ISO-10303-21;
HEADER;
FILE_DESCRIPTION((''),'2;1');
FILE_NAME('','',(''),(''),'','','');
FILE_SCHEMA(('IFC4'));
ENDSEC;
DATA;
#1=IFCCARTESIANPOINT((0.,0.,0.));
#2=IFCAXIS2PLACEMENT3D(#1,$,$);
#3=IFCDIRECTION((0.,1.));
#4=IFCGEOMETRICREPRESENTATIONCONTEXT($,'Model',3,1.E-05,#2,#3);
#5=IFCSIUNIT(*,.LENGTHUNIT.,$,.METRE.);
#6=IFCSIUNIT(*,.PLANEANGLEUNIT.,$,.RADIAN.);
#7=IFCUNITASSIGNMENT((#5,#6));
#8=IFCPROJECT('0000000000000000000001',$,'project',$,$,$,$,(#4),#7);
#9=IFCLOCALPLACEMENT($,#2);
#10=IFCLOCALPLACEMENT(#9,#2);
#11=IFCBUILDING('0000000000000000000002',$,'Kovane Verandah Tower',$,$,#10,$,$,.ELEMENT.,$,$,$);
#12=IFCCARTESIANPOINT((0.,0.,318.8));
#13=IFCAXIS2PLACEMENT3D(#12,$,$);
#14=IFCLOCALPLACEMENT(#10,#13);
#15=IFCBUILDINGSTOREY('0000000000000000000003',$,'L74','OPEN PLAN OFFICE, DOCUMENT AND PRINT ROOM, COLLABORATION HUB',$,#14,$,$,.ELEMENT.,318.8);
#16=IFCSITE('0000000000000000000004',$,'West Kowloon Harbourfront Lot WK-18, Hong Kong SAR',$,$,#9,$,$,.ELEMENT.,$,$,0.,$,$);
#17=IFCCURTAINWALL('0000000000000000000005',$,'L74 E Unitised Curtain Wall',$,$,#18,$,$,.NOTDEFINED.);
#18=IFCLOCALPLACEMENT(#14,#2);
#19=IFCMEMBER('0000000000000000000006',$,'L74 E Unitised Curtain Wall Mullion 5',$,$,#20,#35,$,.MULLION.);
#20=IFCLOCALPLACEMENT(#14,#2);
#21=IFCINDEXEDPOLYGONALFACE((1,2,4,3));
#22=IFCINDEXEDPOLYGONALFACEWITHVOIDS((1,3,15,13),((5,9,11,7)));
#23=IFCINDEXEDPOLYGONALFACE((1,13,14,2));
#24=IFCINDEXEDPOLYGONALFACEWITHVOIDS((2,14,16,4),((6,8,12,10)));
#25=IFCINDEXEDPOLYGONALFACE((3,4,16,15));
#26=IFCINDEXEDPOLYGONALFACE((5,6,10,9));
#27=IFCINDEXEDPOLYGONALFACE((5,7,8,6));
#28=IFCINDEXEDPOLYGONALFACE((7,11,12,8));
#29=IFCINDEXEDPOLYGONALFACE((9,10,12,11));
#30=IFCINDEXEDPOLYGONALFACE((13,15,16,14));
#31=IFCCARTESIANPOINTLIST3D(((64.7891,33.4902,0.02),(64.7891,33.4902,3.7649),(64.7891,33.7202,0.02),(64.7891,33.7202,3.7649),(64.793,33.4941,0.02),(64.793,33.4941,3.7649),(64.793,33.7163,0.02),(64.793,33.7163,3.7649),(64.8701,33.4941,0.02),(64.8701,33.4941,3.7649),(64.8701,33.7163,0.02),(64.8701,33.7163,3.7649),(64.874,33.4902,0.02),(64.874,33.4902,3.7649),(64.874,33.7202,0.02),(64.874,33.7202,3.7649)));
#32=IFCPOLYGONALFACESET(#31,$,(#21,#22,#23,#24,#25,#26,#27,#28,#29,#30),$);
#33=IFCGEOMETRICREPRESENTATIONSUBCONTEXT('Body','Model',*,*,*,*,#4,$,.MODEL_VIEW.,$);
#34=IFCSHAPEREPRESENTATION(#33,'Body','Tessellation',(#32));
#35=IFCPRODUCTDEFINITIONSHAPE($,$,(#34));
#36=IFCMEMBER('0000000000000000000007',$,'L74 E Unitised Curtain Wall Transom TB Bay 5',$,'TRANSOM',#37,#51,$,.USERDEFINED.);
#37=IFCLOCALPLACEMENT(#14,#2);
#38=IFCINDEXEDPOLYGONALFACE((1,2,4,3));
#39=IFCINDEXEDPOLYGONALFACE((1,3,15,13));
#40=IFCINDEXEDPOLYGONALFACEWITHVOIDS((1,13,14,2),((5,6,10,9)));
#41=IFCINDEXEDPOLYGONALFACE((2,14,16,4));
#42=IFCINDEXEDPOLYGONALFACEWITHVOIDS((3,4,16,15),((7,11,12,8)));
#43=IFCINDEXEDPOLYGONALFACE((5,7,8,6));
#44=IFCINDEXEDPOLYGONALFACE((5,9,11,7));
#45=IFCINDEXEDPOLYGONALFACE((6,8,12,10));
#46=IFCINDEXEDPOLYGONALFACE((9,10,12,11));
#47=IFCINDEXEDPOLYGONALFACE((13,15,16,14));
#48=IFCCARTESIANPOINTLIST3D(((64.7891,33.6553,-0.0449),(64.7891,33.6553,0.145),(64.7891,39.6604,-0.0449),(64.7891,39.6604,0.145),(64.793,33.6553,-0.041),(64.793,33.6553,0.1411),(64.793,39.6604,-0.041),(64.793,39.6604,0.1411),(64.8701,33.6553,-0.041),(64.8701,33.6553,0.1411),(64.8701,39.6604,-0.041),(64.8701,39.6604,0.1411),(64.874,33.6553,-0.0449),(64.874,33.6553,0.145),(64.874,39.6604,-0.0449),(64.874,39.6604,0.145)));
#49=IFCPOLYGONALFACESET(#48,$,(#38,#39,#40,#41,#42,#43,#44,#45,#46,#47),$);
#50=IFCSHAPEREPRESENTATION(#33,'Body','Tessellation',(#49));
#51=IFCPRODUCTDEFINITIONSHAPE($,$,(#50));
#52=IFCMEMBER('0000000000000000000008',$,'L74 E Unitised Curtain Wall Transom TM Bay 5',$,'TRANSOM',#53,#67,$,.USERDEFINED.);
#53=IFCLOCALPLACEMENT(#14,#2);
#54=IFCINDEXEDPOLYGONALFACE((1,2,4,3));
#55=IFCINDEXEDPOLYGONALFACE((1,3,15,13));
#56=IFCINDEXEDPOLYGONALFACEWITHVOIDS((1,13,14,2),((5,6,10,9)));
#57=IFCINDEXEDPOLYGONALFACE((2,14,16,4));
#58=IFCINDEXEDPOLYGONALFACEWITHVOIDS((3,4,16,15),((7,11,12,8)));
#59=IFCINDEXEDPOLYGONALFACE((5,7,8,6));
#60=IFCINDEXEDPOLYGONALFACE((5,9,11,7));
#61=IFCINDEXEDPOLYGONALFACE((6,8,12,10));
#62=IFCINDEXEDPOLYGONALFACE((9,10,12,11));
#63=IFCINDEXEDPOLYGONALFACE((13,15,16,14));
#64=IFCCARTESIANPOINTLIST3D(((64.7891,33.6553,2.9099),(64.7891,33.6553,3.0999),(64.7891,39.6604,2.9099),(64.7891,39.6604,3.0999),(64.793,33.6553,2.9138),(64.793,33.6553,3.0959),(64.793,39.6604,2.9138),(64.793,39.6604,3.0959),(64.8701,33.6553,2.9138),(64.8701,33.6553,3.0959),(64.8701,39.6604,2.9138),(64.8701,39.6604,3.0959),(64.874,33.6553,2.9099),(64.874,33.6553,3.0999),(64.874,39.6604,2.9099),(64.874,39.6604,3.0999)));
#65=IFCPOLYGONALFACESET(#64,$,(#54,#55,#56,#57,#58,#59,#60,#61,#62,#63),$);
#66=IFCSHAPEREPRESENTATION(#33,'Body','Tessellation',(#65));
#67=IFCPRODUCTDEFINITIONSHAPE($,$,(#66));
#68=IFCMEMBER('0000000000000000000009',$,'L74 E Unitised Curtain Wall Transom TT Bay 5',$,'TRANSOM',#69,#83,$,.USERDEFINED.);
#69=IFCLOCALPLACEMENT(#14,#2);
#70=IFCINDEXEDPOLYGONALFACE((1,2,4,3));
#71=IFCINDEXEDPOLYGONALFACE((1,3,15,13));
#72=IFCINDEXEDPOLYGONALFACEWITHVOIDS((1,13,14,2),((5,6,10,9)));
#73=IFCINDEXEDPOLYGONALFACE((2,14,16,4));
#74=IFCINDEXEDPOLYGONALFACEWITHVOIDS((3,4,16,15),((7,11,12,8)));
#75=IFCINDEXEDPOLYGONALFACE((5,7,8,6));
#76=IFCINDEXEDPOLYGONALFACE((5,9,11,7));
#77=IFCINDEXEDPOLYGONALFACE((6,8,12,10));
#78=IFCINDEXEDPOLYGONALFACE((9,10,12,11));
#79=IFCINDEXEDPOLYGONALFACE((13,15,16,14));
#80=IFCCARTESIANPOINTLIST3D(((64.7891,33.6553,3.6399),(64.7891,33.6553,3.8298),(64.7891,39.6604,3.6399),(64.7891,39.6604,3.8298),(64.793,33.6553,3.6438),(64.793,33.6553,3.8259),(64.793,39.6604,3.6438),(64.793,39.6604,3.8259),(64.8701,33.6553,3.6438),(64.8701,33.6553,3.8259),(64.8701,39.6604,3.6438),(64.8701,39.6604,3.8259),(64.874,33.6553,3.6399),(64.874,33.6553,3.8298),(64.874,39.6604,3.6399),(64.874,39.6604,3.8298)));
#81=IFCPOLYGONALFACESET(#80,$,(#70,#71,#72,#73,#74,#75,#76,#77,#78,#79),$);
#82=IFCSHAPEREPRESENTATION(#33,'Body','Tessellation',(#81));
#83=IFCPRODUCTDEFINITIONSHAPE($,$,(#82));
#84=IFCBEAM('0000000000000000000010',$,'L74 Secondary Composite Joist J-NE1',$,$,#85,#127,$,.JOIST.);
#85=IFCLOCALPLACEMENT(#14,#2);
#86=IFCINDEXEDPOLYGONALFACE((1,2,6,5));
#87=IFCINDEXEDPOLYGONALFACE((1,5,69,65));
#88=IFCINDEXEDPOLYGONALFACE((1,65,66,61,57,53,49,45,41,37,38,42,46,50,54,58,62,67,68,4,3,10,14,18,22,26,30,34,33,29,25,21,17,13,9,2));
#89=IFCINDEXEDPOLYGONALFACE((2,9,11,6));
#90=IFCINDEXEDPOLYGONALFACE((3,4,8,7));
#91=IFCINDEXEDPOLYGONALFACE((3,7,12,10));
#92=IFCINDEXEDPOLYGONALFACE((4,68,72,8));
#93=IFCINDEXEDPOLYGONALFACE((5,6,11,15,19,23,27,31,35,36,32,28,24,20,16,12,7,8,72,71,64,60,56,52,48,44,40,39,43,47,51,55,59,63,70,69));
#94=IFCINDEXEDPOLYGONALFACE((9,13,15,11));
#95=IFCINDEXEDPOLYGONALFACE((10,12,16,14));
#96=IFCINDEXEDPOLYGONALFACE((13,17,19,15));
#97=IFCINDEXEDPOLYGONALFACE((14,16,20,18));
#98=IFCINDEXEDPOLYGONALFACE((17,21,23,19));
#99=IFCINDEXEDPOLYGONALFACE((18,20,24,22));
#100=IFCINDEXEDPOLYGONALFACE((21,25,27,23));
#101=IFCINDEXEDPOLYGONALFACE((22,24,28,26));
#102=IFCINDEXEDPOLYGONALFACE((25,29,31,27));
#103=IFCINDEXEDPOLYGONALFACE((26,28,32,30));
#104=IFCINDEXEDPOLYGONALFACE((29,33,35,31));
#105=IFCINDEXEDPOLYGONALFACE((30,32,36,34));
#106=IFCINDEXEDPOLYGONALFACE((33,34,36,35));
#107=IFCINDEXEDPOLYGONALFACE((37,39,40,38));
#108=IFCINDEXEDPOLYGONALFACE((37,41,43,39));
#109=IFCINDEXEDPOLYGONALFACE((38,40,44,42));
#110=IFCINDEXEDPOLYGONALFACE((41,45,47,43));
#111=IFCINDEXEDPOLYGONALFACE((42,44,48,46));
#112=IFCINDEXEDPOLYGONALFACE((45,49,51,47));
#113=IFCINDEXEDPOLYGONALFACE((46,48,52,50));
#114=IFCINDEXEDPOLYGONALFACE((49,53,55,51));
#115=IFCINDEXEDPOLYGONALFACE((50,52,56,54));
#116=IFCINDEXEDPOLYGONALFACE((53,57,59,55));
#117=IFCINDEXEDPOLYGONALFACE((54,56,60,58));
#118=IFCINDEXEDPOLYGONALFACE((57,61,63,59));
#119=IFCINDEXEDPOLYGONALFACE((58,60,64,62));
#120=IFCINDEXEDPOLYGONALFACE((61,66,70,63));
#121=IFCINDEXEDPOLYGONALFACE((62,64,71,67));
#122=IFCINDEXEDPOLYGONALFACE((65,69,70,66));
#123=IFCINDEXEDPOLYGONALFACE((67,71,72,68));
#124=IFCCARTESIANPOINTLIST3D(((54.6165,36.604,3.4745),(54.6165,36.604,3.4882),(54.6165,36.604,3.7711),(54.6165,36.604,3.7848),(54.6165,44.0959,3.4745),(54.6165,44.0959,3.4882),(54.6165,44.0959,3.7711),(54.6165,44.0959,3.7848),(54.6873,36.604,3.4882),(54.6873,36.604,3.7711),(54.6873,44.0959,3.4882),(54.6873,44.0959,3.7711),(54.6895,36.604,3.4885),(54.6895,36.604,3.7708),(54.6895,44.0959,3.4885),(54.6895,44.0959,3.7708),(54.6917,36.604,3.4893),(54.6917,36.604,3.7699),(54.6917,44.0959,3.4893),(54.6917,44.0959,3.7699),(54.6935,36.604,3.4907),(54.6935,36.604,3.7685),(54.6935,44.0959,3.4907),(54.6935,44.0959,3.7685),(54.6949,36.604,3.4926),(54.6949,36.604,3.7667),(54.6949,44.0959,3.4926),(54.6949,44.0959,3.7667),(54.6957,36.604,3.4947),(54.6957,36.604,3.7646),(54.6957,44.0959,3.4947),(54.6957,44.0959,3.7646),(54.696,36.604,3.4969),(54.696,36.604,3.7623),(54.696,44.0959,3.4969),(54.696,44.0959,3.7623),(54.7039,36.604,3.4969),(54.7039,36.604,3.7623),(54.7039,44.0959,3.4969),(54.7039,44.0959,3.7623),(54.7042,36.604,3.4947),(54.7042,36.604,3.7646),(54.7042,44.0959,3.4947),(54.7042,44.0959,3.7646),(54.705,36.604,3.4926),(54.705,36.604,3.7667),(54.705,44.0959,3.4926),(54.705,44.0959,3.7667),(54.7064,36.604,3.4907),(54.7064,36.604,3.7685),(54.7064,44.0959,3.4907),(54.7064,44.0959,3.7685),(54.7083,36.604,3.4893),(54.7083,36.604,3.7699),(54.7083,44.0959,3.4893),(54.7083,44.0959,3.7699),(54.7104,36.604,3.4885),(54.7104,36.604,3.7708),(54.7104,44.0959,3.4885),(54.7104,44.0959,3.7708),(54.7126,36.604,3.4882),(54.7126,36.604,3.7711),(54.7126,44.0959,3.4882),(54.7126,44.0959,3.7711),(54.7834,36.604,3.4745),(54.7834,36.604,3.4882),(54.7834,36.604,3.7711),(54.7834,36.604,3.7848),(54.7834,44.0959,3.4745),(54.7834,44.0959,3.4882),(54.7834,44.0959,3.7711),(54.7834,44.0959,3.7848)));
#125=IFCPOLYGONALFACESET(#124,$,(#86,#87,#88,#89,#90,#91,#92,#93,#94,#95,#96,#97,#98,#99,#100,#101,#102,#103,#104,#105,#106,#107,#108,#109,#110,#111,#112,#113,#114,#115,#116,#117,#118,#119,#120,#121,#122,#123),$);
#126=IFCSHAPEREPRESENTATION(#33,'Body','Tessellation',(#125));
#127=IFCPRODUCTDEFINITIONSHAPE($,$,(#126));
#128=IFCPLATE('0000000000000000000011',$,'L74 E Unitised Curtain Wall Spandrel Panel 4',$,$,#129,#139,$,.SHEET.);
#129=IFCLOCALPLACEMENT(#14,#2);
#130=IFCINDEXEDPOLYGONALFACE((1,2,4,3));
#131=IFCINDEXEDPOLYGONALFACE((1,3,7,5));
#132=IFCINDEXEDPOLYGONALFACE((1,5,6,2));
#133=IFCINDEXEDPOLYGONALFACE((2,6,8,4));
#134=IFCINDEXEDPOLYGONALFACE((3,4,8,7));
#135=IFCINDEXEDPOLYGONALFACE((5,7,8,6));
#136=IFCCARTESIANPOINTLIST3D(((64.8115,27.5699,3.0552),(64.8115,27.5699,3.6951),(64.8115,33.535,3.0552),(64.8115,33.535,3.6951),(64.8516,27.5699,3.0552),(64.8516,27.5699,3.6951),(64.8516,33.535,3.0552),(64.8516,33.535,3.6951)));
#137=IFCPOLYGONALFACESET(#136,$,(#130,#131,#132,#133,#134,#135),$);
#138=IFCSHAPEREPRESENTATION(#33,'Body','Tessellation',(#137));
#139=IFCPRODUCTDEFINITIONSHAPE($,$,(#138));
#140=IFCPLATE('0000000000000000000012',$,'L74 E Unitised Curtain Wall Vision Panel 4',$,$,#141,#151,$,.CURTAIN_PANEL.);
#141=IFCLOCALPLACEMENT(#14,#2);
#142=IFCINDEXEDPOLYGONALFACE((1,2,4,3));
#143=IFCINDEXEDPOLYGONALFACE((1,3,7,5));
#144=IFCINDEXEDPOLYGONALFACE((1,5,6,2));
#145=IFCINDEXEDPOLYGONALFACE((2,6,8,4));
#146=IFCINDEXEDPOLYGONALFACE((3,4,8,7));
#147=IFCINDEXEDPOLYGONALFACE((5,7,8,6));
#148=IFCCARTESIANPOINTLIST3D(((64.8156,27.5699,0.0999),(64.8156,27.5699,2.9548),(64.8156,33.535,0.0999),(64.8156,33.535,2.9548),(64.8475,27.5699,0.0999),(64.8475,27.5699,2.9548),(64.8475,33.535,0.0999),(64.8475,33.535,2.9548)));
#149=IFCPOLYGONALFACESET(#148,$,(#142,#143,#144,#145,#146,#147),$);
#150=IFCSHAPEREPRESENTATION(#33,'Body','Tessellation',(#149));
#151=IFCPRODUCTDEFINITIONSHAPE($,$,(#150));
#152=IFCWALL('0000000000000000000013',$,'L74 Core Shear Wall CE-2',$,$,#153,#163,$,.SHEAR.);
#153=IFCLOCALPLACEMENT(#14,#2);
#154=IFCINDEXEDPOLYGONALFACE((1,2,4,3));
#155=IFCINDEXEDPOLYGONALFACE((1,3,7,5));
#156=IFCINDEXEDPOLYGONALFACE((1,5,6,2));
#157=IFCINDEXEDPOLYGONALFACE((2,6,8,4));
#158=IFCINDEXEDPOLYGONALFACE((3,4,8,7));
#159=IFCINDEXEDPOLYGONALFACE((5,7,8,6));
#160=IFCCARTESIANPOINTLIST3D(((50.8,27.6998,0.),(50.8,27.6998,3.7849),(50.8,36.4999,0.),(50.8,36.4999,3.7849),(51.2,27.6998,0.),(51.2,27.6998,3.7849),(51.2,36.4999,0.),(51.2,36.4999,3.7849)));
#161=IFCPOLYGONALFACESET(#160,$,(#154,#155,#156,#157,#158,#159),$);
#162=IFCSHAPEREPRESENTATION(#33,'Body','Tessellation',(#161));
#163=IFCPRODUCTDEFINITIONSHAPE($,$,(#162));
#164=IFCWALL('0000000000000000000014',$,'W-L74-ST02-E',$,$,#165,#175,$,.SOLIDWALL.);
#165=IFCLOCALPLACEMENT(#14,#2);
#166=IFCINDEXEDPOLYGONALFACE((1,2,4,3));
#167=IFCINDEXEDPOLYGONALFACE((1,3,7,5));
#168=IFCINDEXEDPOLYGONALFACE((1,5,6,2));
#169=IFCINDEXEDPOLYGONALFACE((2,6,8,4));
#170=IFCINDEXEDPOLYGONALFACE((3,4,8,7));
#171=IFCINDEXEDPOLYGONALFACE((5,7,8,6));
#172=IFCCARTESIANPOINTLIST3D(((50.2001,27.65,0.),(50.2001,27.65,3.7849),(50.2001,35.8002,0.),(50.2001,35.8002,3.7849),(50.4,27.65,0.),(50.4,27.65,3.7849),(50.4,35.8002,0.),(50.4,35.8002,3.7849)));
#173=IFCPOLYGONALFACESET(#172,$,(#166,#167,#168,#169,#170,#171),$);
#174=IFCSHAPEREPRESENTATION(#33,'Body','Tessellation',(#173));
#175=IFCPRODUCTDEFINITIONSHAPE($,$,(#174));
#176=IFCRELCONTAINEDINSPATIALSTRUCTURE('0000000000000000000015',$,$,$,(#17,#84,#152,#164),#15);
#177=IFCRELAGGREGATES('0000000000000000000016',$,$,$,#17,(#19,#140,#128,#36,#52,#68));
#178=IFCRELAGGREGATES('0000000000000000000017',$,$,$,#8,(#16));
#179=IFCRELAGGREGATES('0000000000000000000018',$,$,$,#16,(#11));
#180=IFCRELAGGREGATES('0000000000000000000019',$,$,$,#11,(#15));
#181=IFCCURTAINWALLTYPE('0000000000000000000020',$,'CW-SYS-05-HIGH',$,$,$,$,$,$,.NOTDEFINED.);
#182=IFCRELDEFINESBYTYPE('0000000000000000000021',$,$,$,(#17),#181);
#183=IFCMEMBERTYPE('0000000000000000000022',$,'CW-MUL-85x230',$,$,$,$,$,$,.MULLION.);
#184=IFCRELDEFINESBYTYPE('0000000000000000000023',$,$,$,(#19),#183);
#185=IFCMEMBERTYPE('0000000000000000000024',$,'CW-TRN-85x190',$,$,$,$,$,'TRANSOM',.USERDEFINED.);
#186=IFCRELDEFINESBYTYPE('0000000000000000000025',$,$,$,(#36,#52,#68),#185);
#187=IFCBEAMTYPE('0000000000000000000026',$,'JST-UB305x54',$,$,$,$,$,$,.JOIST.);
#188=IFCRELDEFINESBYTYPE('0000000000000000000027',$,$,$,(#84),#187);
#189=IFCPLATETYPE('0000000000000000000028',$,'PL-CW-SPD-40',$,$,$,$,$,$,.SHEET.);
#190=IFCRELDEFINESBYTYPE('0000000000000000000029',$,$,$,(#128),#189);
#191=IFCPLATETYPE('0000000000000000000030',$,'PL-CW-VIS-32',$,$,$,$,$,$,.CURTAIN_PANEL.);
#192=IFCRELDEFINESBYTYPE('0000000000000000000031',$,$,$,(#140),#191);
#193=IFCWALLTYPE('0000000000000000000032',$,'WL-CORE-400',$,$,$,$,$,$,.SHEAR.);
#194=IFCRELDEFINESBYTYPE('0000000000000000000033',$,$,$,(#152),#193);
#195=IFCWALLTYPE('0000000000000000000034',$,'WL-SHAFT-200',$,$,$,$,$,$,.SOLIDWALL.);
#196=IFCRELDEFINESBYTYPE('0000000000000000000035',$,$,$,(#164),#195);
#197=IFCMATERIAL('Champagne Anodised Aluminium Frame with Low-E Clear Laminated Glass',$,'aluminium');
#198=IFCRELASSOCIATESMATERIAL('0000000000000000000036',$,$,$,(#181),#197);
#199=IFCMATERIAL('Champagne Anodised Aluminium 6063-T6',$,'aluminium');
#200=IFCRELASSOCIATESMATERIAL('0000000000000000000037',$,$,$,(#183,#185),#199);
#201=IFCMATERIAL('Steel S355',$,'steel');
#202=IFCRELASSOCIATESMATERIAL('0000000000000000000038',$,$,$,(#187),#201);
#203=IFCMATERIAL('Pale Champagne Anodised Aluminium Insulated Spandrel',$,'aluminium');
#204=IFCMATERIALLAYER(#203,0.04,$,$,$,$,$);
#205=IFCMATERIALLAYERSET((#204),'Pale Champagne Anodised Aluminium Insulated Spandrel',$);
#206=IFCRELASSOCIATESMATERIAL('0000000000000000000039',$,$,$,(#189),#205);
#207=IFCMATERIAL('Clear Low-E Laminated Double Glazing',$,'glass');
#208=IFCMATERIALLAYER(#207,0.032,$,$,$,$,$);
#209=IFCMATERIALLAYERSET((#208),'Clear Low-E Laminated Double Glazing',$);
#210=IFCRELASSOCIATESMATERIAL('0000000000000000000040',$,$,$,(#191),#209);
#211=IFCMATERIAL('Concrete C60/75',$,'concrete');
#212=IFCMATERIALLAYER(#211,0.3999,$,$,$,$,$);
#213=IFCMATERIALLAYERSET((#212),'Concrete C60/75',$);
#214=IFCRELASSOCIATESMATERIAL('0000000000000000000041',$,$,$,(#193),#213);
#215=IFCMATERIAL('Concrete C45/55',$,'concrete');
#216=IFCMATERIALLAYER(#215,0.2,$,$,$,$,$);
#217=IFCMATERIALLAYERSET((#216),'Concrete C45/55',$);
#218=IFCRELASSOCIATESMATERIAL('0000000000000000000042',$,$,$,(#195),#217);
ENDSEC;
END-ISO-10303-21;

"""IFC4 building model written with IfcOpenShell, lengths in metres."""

from ifc_helpers import new_model, si_unit, direction, frame, frame_2d, origin, origin_2d, place, context, subcontext, project, spatial, rectangle, hollow_rectangle, i_section, extrude, material, layer, layer_set, material_profile, profile_set, type_object, element, aggregate, save


model = new_model("IFC4")

# Units and contexts
model_context = context("Model", 3, precision=1e-05, world=origin(), true_north=direction((0.0, 1.0)))
body_context = subcontext(model_context, "Body", "Model", "MODEL_VIEW")
ifc_project = project(units=[si_unit("LENGTHUNIT", "METRE"), si_unit("PLANEANGLEUNIT", "RADIAN")], contexts=[model_context])

# Site, building, storey
site_placement = place(None, origin())
site = spatial("IfcSite", under=ifc_project, at=site_placement, Name="West Kowloon Harbourfront Lot WK-18, Hong Kong SAR", CompositionType="ELEMENT", RefElevation=0.0)
building_placement = place(site_placement, origin())
building = spatial("IfcBuilding", under=site, at=building_placement, Name="Kovane Verandah Tower", CompositionType="ELEMENT")
storey_placement = place(building_placement, frame((0.0, 0.0, 318.8)))
storey = spatial("IfcBuildingStorey", under=building, at=storey_placement, Name="L74", Description="OPEN PLAN OFFICE, DOCUMENT AND PRINT ROOM, COLLABORATION HUB", CompositionType="ELEMENT", Elevation=318.8)

# Shared definitions
ifc_material_1 = material(Name="Concrete C60/75", Category="concrete")

# Shared definitions
ifc_material_2 = material(Name="Steel S355", Category="steel")

# Curtain wall, members
ifc_material_3 = material(Name="Champagne Anodised Aluminium Frame with Low-E Clear Laminated Glass", Category="aluminium")
curtain_wall_type = type_object("IfcCurtainWallType", Name="CW-SYS-05-HIGH", PredefinedType="NOTDEFINED", material=ifc_material_3)
curtain_wall_placement = place(storey_placement, origin())
curtain_wall = element("IfcCurtainWall", 1, at=curtain_wall_placement, inside=storey, type_object=curtain_wall_type, Name="L74 E Unitised Curtain Wall", PredefinedType="NOTDEFINED")
ifc_material_4 = material(Name="Champagne Anodised Aluminium 6063-T6", Category="aluminium")
ifc_material_profile_1 = material_profile(ifc_material_4, hollow_rectangle(XDim=0.085, YDim=0.23, WallThickness=0.0039, at=origin_2d()), Name="AL85x230x4")
ifc_profile_set_1 = profile_set([ifc_material_profile_1], Name="Champagne Anodised Aluminium 6063-T6")
member_type_1 = type_object("IfcMemberType", Name="CW-MUL-85x230", PredefinedType="MULLION", material=ifc_profile_set_1)
member_1_placement = place(storey_placement, frame((64.8315, 33.6052, 0.02), z_axis=(0.0, 0.0, 1.0), x_axis=(1.0, 0.0, 0.0)))
member_1 = element("IfcMember", 2, at=member_1_placement, type_object=member_type_1, Name="L74 E Unitised Curtain Wall Mullion 5", PredefinedType="MULLION", context=body_context, shape_type="SweptSolid", body=[
    extrude(hollow_rectangle(XDim=0.085, YDim=0.23, WallThickness=0.0039, at=origin_2d()), origin(), (0.0, 0.0, 1.0), 3.7449),
])
ifc_material_profile_2 = material_profile(ifc_material_4, hollow_rectangle(XDim=0.085, YDim=0.1899, WallThickness=0.0039, at=origin_2d()), Name="AL85x190x4")
ifc_profile_set_2 = profile_set([ifc_material_profile_2], Name="Champagne Anodised Aluminium 6063-T6")
member_type_2 = type_object("IfcMemberType", Name="CW-TRN-85x190", ElementType="TRANSOM", PredefinedType="USERDEFINED", material=ifc_profile_set_2)
member_2_placement = place(storey_placement, frame((64.8315, 33.6553, 0.05), z_axis=(0.0, 1.0, 0.0), x_axis=(-1.0, 0.0, 0.0)))
member_2 = element("IfcMember", 3, at=member_2_placement, type_object=member_type_2, Name="L74 E Unitised Curtain Wall Transom TB Bay 5", ObjectType="TRANSOM", PredefinedType="USERDEFINED", context=body_context, shape_type="SweptSolid", body=[
    extrude(hollow_rectangle(XDim=0.085, YDim=0.1899, WallThickness=0.0039, at=origin_2d()), origin(), (0.0, 0.0, 1.0), 6.0051),
])
member_3_placement = place(storey_placement, frame((64.8315, 33.6553, 3.0049), z_axis=(0.0, 1.0, 0.0), x_axis=(-1.0, 0.0, 0.0)))
member_3 = element("IfcMember", 4, at=member_3_placement, type_object=member_type_2, Name="L74 E Unitised Curtain Wall Transom TM Bay 5", ObjectType="TRANSOM", PredefinedType="USERDEFINED", context=body_context, shape_type="SweptSolid", body=[
    extrude(hollow_rectangle(XDim=0.085, YDim=0.1899, WallThickness=0.0039, at=origin_2d()), origin(), (0.0, 0.0, 1.0), 6.0051),
])
member_4_placement = place(storey_placement, frame((64.8315, 33.6553, 3.7349), z_axis=(0.0, 1.0, 0.0), x_axis=(-1.0, 0.0, 0.0)))
member_4 = element("IfcMember", 5, at=member_4_placement, type_object=member_type_2, Name="L74 E Unitised Curtain Wall Transom TT Bay 5", ObjectType="TRANSOM", PredefinedType="USERDEFINED", context=body_context, shape_type="SweptSolid", body=[
    extrude(hollow_rectangle(XDim=0.085, YDim=0.1899, WallThickness=0.0039, at=origin_2d()), origin(), (0.0, 0.0, 1.0), 6.0051),
])

# Beam
ifc_material_profile_3 = material_profile(ifc_material_2, i_section(OverallWidth=0.167, OverallDepth=0.3103, WebThickness=0.0078, FlangeThickness=0.0137, FilletRadius=0.0088, at=origin_2d()), Name="UB305x165x54")
ifc_profile_set_3 = profile_set([ifc_material_profile_3], Name="Steel S355")
beam_type_1 = type_object("IfcBeamType", Name="JST-UB305x54", PredefinedType="JOIST", material=ifc_profile_set_3)
beam_1_placement = place(storey_placement, frame((54.7, 36.604, 3.6296), z_axis=(0.0, 1.0, 0.0), x_axis=(-1.0, 0.0, 0.0)))
element("IfcBeam", 6, at=beam_1_placement, inside=storey, type_object=beam_type_1, Name="L74 Secondary Composite Joist J-NE1", PredefinedType="JOIST", context=body_context, shape_type="SweptSolid", body=[
    extrude(i_section(OverallWidth=0.167, OverallDepth=0.3103, WebThickness=0.0078, FlangeThickness=0.0137, FilletRadius=0.0088, at=origin_2d()), origin(), (0.0, 0.0, 1.0), 7.4919),
])

# Plates
ifc_material_5 = material(Name="Pale Champagne Anodised Aluminium Insulated Spandrel", Category="aluminium")
ifc_layer_1 = layer(ifc_material_5, 0.04)
ifc_layer_set_1 = layer_set([ifc_layer_1], Name="Pale Champagne Anodised Aluminium Insulated Spandrel")
plate_type_1 = type_object("IfcPlateType", Name="PL-CW-SPD-40", PredefinedType="SHEET", material=ifc_layer_set_1)
plate_1_placement = place(storey_placement, frame((64.8315, 30.5525, 3.0552), z_axis=(0.0, 0.0, 1.0), x_axis=(0.0, 1.0, 0.0)))
plate_1 = element("IfcPlate", 7, at=plate_1_placement, type_object=plate_type_1, Name="L74 E Unitised Curtain Wall Spandrel Panel 4", PredefinedType="SHEET", context=body_context, shape_type="SweptSolid", body=[
    extrude(rectangle(XDim=5.9651, YDim=0.04, at=origin_2d()), origin(), (0.0, 0.0, 1.0), 0.6399),
])
ifc_material_6 = material(Name="Clear Low-E Laminated Double Glazing", Category="glass")
ifc_layer_2 = layer(ifc_material_6, 0.032)
ifc_layer_set_2 = layer_set([ifc_layer_2], Name="Clear Low-E Laminated Double Glazing")
plate_type_2 = type_object("IfcPlateType", Name="PL-CW-VIS-32", PredefinedType="CURTAIN_PANEL", material=ifc_layer_set_2)
plate_2_placement = place(storey_placement, frame((64.8315, 30.5525, 0.0999), z_axis=(0.0, 0.0, 1.0), x_axis=(0.0, 1.0, 0.0)))
plate_2 = element("IfcPlate", 8, at=plate_2_placement, type_object=plate_type_2, Name="L74 E Unitised Curtain Wall Vision Panel 4", PredefinedType="CURTAIN_PANEL", context=body_context, shape_type="SweptSolid", body=[
    extrude(rectangle(XDim=5.9651, YDim=0.032, at=origin_2d()), origin(), (0.0, 0.0, 1.0), 2.855),
])
aggregate(curtain_wall, [member_1, plate_2, plate_1, member_2, member_3, member_4])

# Walls
ifc_layer_3 = layer(ifc_material_1, 0.3999)
ifc_layer_set_3 = layer_set([ifc_layer_3], Name="Concrete C60/75")
wall_type_1 = type_object("IfcWallType", Name="WL-CORE-400", PredefinedType="SHEAR", material=ifc_layer_set_3)
wall_1_placement = place(storey_placement, frame((51.0, 27.7, 0.0), z_axis=(0.0, 0.0, 1.0), x_axis=(0.0, 1.0, 0.0)))
element("IfcWall", 9, at=wall_1_placement, inside=storey, type_object=wall_type_1, Name="L74 Core Shear Wall CE-2", PredefinedType="SHEAR", context=body_context, shape_type="SweptSolid", body=[
    extrude(rectangle(XDim=8.8, YDim=0.3999, at=frame_2d((4.3999, 0.0))), origin(), (0.0, 0.0, 1.0), 3.7849),
])
ifc_material_7 = material(Name="Concrete C45/55", Category="concrete")
ifc_layer_4 = layer(ifc_material_7, 0.2)
ifc_layer_set_4 = layer_set([ifc_layer_4], Name="Concrete C45/55")
wall_type_2 = type_object("IfcWallType", Name="WL-SHAFT-200", PredefinedType="SOLIDWALL", material=ifc_layer_set_4)
wall_2_placement = place(storey_placement, frame((50.3, 27.6499, 0.0), z_axis=(0.0, 0.0, 1.0), x_axis=(0.0, 1.0, 0.0)))
element("IfcWall", 10, at=wall_2_placement, inside=storey, type_object=wall_type_2, Name="W-L74-ST02-E", PredefinedType="SOLIDWALL", context=body_context, shape_type="SweptSolid", body=[
    extrude(rectangle(XDim=8.1501, YDim=0.2, at=frame_2d((4.0752, 0.0))), origin(), (0.0, 0.0, 1.0), 3.7849),
])

save(model, "model.ifc")
